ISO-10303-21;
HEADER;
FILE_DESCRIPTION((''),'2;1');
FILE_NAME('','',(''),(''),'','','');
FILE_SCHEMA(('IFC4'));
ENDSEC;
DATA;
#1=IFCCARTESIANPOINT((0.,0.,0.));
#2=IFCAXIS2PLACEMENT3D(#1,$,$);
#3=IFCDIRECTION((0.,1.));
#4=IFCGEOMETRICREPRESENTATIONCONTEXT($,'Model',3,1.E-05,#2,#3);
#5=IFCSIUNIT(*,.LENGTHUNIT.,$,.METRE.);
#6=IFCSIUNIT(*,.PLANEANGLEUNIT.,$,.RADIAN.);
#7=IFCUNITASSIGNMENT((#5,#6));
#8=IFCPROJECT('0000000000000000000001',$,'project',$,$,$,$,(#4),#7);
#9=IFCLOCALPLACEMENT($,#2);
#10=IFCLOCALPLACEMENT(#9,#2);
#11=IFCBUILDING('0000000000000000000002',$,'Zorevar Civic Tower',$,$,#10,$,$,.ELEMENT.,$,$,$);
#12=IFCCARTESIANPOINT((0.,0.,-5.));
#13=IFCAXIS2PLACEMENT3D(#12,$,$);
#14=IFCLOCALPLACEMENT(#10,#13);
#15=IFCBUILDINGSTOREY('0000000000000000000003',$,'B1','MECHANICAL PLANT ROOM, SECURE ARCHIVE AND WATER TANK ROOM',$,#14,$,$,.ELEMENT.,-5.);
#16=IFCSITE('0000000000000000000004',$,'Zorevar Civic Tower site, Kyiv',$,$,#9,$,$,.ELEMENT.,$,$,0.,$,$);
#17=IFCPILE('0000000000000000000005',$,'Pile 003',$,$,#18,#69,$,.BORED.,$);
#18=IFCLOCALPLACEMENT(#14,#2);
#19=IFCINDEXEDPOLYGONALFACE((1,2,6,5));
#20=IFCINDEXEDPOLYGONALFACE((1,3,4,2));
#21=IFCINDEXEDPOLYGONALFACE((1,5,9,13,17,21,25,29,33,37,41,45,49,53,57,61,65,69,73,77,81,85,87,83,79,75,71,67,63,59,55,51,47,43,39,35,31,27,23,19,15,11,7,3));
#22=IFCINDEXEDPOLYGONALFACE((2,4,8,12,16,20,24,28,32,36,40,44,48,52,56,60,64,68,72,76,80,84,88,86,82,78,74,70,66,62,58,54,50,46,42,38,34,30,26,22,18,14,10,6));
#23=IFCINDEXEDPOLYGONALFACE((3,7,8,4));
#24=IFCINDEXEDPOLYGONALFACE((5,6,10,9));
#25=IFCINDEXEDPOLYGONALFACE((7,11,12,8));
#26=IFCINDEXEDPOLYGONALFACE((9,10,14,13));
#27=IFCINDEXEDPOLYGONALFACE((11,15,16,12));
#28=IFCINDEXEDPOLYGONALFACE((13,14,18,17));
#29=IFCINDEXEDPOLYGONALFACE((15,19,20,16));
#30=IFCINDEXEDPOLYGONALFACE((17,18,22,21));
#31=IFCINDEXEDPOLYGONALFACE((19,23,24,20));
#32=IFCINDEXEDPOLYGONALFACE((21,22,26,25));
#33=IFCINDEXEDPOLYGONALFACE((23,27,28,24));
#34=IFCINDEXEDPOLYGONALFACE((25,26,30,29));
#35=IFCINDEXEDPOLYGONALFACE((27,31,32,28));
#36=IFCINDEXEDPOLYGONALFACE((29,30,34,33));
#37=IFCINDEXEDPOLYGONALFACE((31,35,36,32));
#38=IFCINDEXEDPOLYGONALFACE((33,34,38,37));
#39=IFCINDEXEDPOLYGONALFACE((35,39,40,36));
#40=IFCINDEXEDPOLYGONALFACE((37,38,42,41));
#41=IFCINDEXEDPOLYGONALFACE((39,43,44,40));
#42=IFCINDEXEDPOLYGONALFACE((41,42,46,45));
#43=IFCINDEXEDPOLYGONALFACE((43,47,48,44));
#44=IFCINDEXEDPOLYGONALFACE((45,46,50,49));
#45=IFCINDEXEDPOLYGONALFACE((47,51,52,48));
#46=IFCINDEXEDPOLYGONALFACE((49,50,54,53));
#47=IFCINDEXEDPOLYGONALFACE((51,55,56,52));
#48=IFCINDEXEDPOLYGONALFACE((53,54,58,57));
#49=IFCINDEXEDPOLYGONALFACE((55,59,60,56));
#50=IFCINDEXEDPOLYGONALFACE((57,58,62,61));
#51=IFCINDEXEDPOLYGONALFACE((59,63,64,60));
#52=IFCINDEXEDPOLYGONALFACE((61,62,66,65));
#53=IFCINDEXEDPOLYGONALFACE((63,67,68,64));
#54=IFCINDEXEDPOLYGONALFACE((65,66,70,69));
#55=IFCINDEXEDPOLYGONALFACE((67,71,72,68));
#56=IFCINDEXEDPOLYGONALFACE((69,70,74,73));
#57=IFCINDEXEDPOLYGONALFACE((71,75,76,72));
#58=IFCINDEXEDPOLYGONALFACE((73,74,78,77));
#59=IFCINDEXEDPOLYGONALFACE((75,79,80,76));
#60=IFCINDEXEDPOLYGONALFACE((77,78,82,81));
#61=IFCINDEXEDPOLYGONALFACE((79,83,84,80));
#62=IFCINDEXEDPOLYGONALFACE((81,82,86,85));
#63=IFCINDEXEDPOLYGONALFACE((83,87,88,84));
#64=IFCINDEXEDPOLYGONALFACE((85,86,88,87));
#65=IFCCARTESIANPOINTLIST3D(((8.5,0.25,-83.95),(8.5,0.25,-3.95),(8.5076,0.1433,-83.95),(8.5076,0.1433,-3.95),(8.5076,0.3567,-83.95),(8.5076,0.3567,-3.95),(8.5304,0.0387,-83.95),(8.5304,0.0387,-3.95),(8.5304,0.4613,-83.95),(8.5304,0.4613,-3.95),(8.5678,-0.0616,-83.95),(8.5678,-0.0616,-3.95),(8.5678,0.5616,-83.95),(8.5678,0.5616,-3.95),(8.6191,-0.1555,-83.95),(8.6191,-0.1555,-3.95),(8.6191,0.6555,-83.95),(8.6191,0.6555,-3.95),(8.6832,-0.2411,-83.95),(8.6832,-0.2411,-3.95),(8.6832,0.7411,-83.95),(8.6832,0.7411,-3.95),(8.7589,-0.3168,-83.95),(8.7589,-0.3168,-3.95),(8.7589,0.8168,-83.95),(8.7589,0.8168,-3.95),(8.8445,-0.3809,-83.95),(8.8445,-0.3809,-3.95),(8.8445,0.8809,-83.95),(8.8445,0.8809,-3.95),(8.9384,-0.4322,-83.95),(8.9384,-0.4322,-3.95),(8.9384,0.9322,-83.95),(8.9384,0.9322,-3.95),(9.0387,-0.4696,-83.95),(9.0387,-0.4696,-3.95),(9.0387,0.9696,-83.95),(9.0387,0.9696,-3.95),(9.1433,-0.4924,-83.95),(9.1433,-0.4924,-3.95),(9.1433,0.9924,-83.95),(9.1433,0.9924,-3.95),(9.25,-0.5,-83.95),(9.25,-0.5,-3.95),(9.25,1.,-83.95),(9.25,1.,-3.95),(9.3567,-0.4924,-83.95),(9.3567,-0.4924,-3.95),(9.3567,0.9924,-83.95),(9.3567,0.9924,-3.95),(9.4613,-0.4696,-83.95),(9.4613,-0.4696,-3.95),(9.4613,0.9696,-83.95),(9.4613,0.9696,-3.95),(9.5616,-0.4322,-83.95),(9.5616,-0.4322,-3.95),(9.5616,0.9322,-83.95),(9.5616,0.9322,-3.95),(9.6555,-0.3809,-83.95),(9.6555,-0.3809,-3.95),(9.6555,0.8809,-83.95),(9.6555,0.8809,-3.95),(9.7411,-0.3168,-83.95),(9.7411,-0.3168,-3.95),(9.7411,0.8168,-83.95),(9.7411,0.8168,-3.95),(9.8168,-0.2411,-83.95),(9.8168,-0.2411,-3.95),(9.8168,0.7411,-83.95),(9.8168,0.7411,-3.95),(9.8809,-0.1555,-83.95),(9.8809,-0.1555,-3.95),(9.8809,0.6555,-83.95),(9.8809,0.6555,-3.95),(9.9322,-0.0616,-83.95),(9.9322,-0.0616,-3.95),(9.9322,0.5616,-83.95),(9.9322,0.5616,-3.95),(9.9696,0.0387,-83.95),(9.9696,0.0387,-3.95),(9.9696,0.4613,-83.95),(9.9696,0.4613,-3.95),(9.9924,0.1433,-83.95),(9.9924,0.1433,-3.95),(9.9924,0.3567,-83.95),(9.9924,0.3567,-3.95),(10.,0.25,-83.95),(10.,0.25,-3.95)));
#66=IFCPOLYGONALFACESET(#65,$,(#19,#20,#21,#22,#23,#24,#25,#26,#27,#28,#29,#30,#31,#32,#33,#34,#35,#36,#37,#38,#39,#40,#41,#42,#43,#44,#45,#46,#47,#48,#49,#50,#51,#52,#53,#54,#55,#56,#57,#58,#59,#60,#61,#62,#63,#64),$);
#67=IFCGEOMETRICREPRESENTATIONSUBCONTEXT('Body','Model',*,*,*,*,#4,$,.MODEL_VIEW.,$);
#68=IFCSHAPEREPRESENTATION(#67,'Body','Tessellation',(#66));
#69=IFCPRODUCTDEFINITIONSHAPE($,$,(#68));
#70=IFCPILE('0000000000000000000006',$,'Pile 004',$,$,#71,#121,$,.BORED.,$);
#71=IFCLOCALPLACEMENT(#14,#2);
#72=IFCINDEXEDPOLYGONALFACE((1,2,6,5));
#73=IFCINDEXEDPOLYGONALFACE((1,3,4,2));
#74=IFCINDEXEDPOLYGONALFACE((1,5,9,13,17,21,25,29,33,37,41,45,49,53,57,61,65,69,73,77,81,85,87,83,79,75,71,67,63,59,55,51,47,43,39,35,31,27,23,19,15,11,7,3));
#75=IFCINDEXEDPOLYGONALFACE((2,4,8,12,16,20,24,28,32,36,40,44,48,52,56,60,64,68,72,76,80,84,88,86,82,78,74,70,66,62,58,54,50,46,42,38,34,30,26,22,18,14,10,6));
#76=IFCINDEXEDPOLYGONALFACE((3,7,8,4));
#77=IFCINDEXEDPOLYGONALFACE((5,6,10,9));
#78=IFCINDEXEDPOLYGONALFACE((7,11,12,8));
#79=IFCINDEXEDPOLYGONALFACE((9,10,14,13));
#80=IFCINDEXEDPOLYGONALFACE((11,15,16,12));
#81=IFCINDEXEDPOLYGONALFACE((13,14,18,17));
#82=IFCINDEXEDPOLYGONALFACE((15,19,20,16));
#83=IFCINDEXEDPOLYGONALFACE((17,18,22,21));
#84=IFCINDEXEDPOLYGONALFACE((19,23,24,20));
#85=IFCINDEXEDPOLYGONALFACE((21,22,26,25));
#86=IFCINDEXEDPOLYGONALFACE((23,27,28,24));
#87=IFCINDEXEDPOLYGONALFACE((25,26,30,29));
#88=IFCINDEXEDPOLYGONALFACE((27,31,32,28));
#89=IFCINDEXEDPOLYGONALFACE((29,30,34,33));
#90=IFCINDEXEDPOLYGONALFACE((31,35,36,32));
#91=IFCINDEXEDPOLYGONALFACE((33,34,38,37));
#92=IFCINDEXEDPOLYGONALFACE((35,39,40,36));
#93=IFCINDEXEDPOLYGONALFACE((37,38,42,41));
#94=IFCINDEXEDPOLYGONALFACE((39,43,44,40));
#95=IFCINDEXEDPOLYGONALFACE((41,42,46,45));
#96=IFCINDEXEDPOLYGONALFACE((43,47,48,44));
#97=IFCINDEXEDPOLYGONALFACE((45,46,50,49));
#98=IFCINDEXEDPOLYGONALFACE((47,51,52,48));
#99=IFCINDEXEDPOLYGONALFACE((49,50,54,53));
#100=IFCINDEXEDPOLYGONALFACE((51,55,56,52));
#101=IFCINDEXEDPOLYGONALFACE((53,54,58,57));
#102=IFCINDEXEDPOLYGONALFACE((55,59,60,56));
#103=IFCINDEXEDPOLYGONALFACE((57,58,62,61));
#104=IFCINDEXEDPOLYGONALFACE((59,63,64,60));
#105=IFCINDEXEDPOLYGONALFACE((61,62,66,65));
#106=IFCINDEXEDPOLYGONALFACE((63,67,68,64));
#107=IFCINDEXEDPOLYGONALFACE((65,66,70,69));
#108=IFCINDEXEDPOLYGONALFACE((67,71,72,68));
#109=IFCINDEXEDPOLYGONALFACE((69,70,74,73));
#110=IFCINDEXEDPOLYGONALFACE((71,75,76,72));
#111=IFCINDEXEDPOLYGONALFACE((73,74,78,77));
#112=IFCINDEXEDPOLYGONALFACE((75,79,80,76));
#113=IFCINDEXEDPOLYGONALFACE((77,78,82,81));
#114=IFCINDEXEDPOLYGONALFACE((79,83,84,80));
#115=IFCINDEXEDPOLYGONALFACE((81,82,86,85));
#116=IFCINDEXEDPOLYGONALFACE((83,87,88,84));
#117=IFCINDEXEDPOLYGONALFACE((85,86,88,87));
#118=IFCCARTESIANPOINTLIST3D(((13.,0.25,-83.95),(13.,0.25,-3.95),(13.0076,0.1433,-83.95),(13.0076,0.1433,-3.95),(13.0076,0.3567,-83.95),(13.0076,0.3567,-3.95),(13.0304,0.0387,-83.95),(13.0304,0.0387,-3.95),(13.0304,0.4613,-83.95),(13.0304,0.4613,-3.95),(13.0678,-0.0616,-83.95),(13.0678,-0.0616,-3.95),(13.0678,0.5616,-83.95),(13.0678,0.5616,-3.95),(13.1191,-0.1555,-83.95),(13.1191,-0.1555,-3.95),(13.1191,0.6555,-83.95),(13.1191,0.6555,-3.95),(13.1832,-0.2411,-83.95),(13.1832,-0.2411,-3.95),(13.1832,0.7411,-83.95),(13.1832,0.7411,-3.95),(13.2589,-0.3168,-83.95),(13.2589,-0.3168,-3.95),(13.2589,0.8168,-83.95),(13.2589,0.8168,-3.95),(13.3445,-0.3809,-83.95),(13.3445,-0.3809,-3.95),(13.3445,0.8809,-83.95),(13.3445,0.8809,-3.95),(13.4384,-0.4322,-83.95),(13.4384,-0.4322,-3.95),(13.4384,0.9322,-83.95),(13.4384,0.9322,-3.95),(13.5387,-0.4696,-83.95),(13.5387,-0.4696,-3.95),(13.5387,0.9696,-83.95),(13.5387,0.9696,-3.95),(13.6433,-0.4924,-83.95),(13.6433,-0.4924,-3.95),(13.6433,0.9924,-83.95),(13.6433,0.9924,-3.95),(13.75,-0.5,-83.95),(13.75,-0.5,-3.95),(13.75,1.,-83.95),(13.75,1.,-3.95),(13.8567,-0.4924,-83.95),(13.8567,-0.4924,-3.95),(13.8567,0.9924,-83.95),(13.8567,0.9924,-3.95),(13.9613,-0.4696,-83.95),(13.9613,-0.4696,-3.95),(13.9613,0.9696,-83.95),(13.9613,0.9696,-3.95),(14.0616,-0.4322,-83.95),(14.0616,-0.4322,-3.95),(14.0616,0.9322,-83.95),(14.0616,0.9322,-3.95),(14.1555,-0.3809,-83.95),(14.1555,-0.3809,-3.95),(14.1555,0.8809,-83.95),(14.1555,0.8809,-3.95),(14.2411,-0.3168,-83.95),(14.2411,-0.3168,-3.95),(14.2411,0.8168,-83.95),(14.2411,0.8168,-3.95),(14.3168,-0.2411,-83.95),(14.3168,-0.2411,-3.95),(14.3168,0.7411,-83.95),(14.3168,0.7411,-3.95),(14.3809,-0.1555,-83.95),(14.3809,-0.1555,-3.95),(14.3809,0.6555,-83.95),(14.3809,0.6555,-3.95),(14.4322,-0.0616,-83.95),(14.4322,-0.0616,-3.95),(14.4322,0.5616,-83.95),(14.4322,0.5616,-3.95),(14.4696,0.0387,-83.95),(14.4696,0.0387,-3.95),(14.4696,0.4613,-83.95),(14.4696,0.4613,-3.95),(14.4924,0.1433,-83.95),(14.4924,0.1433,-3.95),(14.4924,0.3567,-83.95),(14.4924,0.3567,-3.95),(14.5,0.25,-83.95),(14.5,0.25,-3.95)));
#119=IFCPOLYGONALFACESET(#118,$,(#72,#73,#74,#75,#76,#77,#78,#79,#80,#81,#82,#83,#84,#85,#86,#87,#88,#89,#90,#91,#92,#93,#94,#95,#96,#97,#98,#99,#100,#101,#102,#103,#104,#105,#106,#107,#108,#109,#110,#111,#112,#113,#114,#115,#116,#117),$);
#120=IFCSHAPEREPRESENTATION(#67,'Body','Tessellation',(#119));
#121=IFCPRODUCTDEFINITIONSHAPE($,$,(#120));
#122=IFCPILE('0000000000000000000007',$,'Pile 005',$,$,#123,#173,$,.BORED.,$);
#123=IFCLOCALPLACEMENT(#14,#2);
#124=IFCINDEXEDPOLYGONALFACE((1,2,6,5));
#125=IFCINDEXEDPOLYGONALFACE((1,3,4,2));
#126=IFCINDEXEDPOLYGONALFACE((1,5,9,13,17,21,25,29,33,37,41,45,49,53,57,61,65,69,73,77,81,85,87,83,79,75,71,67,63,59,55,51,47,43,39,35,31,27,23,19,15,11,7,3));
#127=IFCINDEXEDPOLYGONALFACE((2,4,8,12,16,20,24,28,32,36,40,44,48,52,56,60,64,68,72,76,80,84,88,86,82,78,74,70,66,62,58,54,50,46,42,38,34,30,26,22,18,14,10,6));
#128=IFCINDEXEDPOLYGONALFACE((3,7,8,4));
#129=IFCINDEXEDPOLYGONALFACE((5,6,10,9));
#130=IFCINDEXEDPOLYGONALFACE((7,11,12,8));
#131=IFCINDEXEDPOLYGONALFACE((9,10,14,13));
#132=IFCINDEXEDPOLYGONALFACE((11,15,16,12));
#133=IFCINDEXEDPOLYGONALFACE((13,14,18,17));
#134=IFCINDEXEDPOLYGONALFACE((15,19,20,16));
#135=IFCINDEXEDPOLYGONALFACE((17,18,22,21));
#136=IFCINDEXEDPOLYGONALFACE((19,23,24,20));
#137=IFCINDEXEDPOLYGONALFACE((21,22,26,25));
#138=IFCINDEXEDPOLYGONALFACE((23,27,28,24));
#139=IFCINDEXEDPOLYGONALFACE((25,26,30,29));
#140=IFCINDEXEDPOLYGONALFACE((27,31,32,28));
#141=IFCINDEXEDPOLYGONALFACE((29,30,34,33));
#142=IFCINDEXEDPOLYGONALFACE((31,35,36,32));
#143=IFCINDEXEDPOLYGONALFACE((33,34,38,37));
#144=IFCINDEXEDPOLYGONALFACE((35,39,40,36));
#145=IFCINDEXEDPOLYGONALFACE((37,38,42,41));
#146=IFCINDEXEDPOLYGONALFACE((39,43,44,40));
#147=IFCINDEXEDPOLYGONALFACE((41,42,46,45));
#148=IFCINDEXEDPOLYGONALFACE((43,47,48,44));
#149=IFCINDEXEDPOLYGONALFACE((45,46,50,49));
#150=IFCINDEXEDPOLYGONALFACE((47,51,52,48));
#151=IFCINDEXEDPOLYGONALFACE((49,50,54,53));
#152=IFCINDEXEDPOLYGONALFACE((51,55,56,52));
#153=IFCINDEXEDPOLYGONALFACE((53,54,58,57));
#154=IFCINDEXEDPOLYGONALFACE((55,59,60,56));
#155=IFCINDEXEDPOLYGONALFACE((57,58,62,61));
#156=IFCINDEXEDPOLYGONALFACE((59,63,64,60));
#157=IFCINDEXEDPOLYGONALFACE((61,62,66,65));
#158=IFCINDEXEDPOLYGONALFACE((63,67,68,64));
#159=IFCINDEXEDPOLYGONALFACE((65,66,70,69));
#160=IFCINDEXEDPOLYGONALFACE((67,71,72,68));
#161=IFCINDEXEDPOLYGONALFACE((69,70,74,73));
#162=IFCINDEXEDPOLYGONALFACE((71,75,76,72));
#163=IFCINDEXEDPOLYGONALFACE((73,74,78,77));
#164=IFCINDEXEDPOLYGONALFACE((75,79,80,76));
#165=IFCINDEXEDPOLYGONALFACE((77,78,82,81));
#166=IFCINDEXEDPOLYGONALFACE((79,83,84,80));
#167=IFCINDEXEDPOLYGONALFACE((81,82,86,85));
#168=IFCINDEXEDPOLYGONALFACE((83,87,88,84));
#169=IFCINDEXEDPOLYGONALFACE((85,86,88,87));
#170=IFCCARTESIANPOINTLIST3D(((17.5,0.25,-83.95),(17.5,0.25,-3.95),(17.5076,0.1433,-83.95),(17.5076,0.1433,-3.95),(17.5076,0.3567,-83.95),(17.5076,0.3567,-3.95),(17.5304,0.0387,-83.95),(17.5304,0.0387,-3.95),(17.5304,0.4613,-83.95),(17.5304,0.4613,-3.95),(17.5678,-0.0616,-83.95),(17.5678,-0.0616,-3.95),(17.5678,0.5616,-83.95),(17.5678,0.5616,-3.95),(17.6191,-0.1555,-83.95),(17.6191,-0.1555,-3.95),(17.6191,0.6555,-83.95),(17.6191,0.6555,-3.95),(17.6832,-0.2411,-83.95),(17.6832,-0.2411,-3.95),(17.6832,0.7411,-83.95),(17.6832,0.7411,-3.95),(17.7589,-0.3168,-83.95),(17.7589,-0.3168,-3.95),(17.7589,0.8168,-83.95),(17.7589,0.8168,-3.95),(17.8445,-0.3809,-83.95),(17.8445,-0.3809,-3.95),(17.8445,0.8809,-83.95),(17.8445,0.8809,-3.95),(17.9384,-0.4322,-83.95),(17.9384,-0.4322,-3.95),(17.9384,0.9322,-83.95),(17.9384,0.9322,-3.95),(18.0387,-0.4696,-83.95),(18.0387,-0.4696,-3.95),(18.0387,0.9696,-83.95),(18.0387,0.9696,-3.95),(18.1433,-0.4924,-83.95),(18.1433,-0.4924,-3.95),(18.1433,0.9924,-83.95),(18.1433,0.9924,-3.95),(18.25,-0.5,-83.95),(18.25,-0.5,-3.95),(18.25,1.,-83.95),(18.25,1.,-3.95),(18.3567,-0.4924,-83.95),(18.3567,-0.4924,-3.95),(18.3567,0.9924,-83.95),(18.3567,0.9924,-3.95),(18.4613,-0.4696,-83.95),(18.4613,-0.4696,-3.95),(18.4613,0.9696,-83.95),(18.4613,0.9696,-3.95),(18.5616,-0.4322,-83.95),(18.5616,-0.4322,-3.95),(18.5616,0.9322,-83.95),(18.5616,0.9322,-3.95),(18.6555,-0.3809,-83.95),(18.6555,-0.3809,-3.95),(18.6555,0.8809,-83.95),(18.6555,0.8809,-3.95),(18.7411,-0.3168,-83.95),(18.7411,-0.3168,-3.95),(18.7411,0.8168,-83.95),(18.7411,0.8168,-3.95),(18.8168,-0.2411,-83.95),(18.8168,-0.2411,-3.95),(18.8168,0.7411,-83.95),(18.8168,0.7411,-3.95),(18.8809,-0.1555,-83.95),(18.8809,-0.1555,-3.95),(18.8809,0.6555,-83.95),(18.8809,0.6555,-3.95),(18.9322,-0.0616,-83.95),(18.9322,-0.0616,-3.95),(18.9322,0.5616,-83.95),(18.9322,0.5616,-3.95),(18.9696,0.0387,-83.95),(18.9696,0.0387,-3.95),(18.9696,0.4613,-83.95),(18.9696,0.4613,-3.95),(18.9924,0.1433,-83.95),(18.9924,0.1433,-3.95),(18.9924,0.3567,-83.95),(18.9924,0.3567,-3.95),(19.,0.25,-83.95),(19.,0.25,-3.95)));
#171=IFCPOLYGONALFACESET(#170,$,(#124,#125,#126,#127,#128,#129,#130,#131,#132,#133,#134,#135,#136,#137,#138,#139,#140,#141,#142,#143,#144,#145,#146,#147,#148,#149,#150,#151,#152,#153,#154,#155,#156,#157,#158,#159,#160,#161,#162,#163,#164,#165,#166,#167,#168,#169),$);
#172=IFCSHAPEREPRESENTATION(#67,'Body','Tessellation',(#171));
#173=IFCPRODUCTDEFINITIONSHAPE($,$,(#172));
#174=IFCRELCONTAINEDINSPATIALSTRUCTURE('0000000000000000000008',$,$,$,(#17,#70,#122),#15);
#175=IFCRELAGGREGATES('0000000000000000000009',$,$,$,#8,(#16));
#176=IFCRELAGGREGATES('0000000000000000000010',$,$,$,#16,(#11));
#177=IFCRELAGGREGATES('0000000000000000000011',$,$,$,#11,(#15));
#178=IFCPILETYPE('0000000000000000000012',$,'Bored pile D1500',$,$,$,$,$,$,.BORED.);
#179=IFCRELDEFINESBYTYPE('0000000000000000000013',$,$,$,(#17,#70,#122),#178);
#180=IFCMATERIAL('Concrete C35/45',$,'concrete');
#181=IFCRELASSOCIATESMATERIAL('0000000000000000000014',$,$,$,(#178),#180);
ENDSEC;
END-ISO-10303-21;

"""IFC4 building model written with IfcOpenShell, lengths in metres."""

from ifc_helpers import new_model, si_unit, direction, frame, origin, origin_2d, place, context, subcontext, project, spatial, circle, extrude, material, type_object, element, save


model = new_model("IFC4")

# Units and contexts
model_context = context("Model", 3, precision=1e-05, world=origin(), true_north=direction((0.0, 1.0)))
body_context = subcontext(model_context, "Body", "Model", "MODEL_VIEW")
ifc_project = project(units=[si_unit("LENGTHUNIT", "METRE"), si_unit("PLANEANGLEUNIT", "RADIAN")], contexts=[model_context])

# Site, building, storey
site_placement = place(None, origin())
site = spatial("IfcSite", under=ifc_project, at=site_placement, Name="Zorevar Civic Tower site, Kyiv", CompositionType="ELEMENT", RefElevation=0.0)
building_placement = place(site_placement, origin())
building = spatial("IfcBuilding", under=site, at=building_placement, Name="Zorevar Civic Tower", CompositionType="ELEMENT")
storey_placement = place(building_placement, frame((0.0, 0.0, -5.0)))
storey = spatial("IfcBuildingStorey", under=building, at=storey_placement, Name="B1", Description="MECHANICAL PLANT ROOM, SECURE ARCHIVE AND WATER TANK ROOM", CompositionType="ELEMENT", Elevation=-5.0)

# Piles
ifc_material_1 = material(Name="Concrete C35/45", Category="concrete")
pile_type = type_object("IfcPileType", Name="Bored pile D1500", PredefinedType="BORED", material=ifc_material_1)
for number, where, z_axis, x_axis, name in (
    (1, (9.25, 0.25, -3.95), (0.0, 0.0, -1.0), (1.0, 0.0, 0.0), "Pile 003"),
    (2, (13.75, 0.25, -3.95), (0.0, 0.0, -1.0), (1.0, 0.0, 0.0), "Pile 004"),
    (3, (18.25, 0.25, -3.95), (0.0, 0.0, -1.0), (1.0, 0.0, 0.0), "Pile 005"),
):
    element("IfcPile", number, at=place(storey_placement, frame(where, z_axis=z_axis, x_axis=x_axis)), inside=storey, type_object=pile_type, Name=name, PredefinedType="BORED", context=body_context, shape_type="SweptSolid", body=[
        extrude(circle(Radius=0.75, at=origin_2d()), origin(), (0.0, 0.0, 1.0), 80.0),
    ])

save(model, "model.ifc")
